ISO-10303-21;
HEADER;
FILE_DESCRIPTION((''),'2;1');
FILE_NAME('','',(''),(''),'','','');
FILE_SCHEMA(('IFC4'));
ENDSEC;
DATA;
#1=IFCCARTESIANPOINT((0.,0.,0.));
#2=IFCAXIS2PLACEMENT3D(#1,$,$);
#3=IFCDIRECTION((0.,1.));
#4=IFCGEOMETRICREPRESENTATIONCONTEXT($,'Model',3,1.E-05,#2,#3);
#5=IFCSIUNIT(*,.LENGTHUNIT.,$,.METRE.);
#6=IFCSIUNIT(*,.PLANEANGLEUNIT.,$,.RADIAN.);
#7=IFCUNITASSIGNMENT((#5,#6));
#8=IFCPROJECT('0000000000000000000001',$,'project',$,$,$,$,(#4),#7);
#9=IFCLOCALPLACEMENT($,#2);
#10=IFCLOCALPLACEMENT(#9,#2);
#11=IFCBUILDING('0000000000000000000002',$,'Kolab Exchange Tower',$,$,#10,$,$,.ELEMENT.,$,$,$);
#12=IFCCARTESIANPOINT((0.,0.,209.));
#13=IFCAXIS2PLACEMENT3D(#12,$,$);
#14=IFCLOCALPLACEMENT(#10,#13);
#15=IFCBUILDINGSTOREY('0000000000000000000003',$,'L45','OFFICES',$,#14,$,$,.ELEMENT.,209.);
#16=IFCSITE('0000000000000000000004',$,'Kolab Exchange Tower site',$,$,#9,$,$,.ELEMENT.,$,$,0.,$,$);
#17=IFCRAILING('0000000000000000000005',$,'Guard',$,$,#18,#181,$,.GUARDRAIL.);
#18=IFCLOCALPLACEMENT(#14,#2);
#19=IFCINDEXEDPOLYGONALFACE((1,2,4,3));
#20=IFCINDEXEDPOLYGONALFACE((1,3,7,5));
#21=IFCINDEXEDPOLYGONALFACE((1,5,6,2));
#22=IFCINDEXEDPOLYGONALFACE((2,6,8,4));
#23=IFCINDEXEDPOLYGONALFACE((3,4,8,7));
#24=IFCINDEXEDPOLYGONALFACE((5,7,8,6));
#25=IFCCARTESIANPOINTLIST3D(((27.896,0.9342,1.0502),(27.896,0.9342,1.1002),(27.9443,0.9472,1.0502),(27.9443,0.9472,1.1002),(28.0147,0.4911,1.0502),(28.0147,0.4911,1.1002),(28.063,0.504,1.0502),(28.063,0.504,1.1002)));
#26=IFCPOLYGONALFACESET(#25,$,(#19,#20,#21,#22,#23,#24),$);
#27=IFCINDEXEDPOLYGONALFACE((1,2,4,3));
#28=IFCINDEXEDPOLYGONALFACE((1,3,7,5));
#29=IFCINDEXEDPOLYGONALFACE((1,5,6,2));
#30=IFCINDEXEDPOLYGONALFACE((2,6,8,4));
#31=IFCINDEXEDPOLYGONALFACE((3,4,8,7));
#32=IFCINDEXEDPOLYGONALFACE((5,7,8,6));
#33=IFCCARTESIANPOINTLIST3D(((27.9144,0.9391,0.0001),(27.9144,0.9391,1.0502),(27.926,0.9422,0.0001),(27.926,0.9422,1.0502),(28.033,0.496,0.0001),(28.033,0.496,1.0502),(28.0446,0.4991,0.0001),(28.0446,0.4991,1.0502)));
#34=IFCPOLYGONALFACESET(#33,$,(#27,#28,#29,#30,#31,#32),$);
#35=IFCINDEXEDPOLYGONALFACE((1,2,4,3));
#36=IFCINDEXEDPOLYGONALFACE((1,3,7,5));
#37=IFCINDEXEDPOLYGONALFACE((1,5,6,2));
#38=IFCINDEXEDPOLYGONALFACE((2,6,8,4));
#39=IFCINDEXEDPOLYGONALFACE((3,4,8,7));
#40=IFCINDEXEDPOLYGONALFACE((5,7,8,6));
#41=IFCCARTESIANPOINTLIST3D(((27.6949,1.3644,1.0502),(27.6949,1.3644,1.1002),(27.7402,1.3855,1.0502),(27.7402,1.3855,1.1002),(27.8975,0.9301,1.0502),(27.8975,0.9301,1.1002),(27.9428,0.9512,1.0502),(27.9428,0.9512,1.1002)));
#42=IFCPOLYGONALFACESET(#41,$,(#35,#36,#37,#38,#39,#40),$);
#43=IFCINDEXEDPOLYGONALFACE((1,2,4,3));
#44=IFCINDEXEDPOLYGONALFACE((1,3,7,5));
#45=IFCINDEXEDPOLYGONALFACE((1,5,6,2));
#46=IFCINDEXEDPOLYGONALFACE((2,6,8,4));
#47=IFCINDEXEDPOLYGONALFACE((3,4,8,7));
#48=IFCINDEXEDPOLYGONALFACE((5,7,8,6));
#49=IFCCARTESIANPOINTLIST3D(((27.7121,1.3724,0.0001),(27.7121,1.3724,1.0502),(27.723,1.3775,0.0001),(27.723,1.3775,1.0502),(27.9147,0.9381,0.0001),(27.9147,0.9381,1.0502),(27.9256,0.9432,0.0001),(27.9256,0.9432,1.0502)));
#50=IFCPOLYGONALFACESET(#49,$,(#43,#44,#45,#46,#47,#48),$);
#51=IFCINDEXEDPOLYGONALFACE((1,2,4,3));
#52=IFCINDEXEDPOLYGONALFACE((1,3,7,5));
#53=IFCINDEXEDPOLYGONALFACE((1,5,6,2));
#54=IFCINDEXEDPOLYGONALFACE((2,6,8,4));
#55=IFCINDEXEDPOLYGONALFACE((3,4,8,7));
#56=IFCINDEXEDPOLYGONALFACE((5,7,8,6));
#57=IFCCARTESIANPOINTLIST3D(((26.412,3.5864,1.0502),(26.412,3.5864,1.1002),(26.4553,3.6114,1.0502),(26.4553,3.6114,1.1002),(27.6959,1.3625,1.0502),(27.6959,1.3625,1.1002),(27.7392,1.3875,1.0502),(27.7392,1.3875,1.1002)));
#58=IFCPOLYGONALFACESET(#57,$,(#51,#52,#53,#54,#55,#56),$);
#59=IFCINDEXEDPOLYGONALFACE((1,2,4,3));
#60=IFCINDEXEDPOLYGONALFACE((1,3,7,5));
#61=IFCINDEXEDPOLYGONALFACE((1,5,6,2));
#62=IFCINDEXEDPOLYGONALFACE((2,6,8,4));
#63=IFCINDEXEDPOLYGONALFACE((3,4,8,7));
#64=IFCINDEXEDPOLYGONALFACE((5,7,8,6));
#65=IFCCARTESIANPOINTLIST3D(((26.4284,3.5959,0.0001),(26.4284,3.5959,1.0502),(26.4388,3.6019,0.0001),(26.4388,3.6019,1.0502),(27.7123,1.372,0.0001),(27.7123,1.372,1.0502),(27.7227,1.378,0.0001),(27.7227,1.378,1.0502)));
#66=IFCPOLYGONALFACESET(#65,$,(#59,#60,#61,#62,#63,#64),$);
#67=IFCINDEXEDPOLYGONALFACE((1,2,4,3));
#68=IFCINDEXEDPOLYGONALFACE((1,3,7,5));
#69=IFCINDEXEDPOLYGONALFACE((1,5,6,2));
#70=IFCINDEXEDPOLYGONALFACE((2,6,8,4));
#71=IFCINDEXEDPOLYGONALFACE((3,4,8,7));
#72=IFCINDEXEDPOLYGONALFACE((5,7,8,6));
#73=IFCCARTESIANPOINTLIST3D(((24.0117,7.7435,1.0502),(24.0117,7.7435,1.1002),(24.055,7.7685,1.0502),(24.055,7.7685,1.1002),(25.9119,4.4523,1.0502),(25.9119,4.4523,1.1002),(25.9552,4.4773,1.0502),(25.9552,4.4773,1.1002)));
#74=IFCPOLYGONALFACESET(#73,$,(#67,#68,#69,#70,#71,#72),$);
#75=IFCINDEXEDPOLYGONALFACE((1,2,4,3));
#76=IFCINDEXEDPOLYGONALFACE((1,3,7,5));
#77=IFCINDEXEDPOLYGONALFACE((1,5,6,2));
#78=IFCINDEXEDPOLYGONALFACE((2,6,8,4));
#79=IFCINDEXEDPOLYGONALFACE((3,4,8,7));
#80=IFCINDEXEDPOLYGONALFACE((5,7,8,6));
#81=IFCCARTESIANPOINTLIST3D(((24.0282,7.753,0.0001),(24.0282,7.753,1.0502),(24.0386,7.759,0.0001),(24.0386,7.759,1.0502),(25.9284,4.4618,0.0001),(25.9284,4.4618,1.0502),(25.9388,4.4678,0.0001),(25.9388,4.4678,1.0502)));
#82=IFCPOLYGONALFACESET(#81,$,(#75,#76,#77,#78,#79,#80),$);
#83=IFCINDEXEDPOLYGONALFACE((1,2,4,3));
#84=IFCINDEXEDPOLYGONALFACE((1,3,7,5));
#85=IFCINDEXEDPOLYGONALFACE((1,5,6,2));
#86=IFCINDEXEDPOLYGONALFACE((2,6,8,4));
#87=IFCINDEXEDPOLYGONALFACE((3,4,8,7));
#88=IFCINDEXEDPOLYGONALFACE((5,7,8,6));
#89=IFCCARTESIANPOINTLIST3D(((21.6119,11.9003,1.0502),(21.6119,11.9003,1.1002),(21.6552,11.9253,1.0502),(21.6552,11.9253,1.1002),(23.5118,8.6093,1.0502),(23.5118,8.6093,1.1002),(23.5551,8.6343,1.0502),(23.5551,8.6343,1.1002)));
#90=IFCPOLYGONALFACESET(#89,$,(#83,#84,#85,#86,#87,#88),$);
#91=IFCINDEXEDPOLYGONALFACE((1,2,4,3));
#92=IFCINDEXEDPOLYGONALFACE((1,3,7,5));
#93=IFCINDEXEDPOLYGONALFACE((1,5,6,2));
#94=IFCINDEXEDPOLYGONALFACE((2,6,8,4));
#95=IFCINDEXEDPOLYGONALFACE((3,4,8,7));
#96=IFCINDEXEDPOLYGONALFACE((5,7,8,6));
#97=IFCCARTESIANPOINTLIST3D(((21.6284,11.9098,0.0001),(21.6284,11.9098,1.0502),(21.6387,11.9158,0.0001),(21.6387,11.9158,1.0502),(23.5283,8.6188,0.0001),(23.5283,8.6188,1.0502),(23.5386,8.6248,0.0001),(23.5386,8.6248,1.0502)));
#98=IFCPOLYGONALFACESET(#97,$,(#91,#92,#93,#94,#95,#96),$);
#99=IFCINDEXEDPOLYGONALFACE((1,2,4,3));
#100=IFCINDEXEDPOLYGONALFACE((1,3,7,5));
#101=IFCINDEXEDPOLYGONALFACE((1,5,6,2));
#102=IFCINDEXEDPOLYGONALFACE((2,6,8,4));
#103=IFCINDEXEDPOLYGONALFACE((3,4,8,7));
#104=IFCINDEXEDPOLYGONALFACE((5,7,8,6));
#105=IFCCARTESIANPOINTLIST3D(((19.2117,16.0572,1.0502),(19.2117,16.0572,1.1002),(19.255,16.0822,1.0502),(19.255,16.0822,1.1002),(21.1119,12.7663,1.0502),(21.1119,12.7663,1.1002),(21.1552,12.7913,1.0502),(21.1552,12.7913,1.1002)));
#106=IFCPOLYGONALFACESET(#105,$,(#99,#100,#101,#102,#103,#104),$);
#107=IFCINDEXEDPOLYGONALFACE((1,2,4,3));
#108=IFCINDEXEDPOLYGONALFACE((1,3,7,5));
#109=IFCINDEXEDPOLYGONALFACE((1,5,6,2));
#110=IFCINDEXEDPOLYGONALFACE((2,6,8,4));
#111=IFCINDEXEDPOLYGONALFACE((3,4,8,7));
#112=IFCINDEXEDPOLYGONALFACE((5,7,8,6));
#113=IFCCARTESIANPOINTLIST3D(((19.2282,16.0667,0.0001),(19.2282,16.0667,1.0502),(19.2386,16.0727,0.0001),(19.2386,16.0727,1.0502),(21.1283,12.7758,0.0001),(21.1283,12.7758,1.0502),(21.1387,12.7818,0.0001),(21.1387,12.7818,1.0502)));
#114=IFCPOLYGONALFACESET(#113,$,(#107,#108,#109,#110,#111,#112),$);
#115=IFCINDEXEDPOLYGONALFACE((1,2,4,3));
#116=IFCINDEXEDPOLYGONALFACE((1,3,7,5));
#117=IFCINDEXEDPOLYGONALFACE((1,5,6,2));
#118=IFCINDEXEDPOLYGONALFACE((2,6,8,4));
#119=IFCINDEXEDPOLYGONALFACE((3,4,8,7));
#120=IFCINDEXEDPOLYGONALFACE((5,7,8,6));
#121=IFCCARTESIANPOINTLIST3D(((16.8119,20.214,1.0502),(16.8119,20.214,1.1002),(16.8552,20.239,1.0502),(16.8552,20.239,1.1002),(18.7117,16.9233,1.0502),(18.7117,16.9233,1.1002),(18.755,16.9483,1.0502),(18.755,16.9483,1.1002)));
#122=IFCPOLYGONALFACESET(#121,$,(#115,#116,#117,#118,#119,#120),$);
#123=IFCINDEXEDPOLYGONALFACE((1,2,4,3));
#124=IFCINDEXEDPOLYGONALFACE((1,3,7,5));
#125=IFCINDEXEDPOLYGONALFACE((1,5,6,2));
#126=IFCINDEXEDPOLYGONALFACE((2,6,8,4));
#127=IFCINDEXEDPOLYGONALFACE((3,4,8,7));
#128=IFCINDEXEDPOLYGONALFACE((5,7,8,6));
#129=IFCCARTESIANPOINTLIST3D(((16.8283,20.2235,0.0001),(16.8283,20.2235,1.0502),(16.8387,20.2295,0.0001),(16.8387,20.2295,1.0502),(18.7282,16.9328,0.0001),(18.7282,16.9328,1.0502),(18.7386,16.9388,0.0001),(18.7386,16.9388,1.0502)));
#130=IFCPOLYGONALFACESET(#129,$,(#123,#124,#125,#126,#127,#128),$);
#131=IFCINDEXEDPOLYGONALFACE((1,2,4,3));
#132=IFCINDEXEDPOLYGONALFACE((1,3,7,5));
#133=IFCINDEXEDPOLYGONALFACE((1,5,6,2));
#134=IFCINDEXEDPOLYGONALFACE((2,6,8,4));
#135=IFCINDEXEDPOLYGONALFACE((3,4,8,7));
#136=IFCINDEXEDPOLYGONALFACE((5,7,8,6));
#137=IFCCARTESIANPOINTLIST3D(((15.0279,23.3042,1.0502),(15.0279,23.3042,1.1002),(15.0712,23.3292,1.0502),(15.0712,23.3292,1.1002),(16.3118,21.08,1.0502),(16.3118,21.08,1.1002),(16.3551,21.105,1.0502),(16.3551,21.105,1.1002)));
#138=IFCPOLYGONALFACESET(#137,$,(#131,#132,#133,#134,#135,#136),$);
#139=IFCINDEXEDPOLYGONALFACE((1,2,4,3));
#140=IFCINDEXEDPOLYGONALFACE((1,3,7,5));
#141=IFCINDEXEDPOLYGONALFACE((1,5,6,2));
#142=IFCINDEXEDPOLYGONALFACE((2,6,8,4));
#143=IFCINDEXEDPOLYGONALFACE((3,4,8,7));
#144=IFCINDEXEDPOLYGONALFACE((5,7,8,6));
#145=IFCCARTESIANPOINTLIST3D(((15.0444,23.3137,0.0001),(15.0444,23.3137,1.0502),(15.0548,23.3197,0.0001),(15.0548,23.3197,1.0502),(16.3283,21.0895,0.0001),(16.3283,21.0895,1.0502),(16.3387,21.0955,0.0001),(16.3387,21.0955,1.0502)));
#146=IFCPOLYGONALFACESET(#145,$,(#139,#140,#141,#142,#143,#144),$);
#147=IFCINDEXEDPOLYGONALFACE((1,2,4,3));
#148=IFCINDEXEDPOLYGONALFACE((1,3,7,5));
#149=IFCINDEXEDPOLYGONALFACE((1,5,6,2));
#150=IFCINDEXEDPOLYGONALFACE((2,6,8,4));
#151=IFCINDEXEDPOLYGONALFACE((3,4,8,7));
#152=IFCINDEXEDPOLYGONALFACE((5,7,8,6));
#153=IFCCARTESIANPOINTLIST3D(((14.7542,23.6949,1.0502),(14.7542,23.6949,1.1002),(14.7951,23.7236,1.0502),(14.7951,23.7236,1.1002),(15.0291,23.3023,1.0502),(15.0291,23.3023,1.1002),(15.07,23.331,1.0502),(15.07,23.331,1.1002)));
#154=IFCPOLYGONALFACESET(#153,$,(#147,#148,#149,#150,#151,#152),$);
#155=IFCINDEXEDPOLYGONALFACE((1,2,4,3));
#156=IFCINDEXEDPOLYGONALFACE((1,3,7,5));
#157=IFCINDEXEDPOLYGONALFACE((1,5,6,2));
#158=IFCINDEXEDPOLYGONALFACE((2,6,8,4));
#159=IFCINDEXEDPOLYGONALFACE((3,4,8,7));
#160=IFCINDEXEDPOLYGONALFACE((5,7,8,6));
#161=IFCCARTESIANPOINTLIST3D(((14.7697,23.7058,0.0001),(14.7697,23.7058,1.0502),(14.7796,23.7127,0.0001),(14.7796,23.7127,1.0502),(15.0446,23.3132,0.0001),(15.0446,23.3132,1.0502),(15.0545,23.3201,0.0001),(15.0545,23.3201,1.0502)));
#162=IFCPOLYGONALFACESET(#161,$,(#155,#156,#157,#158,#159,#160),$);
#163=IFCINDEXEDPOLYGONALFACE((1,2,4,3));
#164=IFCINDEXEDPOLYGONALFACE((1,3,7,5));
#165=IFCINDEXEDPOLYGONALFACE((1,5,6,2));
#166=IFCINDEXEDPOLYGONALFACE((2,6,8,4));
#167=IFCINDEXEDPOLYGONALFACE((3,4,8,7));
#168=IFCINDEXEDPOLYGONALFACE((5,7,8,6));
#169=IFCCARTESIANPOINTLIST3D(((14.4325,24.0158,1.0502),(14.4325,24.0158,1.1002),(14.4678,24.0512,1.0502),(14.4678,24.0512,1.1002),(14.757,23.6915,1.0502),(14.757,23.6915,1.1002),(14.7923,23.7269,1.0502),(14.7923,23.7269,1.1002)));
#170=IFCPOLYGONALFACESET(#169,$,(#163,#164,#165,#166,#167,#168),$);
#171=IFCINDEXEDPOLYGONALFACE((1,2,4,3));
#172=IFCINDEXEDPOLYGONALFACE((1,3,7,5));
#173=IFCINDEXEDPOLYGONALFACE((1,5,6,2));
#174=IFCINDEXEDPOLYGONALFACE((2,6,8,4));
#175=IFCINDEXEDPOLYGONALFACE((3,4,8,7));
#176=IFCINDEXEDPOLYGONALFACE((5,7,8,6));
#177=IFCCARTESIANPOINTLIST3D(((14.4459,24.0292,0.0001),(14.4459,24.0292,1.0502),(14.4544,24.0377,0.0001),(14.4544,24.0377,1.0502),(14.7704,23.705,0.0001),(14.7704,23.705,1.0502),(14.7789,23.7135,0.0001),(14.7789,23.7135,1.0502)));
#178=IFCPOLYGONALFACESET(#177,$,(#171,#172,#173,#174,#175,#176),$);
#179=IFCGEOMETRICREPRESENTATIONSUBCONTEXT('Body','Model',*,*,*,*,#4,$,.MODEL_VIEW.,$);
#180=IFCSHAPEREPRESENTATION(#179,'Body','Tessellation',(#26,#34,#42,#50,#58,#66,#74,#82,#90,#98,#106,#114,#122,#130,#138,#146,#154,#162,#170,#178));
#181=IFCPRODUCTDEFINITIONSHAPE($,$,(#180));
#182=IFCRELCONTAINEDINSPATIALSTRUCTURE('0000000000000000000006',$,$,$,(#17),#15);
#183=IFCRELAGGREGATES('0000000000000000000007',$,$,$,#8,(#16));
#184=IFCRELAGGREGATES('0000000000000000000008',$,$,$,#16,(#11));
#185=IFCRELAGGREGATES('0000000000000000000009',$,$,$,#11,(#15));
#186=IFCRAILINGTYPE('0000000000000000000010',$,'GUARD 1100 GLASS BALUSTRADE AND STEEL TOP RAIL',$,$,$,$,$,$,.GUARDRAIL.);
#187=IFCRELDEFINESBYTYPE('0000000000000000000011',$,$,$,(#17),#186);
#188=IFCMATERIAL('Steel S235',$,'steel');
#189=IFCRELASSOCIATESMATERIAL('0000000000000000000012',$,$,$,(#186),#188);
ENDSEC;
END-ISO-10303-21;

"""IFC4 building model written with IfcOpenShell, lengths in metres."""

from ifc_helpers import new_model, si_unit, direction, frame, frame_2d, origin, origin_2d, place, context, subcontext, project, spatial, rectangle, extrude, material, type_object, element, save


model = new_model("IFC4")

# Units and contexts
model_context = context("Model", 3, precision=1e-05, world=origin(), true_north=direction((0.0, 1.0)))
body_context = subcontext(model_context, "Body", "Model", "MODEL_VIEW")
ifc_project = project(units=[si_unit("LENGTHUNIT", "METRE"), si_unit("PLANEANGLEUNIT", "RADIAN")], contexts=[model_context])

# Site, building, storey
site_placement = place(None, origin())
site = spatial("IfcSite", under=ifc_project, at=site_placement, Name="Kolab Exchange Tower site", CompositionType="ELEMENT", RefElevation=0.0)
building_placement = place(site_placement, origin())
building = spatial("IfcBuilding", under=site, at=building_placement, Name="Kolab Exchange Tower", CompositionType="ELEMENT")
storey_placement = place(building_placement, frame((0.0, 0.0, 209.0)))
storey = spatial("IfcBuildingStorey", under=building, at=storey_placement, Name="L45", Description="OFFICES", CompositionType="ELEMENT", Elevation=209.0)

# Railing
ifc_material_1 = material(Name="Steel S235", Category="steel")
railing_type = type_object("IfcRailingType", Name="GUARD 1100 GLASS BALUSTRADE AND STEEL TOP RAIL", PredefinedType="GUARDRAIL", material=ifc_material_1)
railing_placement = place(storey_placement, frame((28.0388, 0.4976, 0.0)))
element("IfcRailing", 1, at=railing_placement, inside=storey, type_object=railing_type, Name="Guard", PredefinedType="GUARDRAIL", context=body_context, shape_type="SweptSolid", body=[
    extrude(rectangle(XDim=0.05, YDim=0.05, at=origin_2d()), frame((0.0, 0.0, 1.0752), z_axis=(-0.258656, 0.965969, 0.0), x_axis=(-0.965969, -0.258656, 0.0)), (0.0, 0.0, 1.0), 0.4587),
    extrude(rectangle(XDim=0.012, YDim=1.0501, at=frame_2d((0.0, 0.5251))), frame((0.0, 0.0, 0.0), z_axis=(-0.258656, 0.965969, 0.0), x_axis=(-0.965969, -0.258656, 0.0)), (0.0, 0.0, 1.0), 0.4587),
    extrude(rectangle(XDim=0.05, YDim=0.05, at=origin_2d()), frame((-0.1187, 0.4431, 1.0752), z_axis=(-0.422802, 0.906222, 0.0), x_axis=(-0.906222, -0.422802, 0.0)), (0.0, 0.0, 1.0), 0.4792),
    extrude(rectangle(XDim=0.012, YDim=1.0501, at=frame_2d((0.0, 0.5251))), frame((-0.1187, 0.4431, 0.0), z_axis=(-0.422802, 0.906222, 0.0), x_axis=(-0.906222, -0.422802, 0.0)), (0.0, 0.0, 1.0), 0.4792),
    extrude(rectangle(XDim=0.05, YDim=0.05, at=origin_2d()), frame((-0.3213, 0.8774, 1.0752), z_axis=(-0.499994, 0.866029, 0.0), x_axis=(-0.866029, -0.499994, 0.0)), (0.0, 0.0, 1.0), 2.5679),
    extrude(rectangle(XDim=0.012, YDim=1.0501, at=frame_2d((0.0, 0.5251))), frame((-0.3213, 0.8774, 0.0), z_axis=(-0.499994, 0.866029, 0.0), x_axis=(-0.866029, -0.499994, 0.0)), (0.0, 0.0, 1.0), 2.5679),
    extrude(rectangle(XDim=0.05, YDim=0.05, at=origin_2d()), frame((-2.1052, 3.9673, 1.0752), z_axis=(-0.500015, 0.866017, 0.0), x_axis=(-0.866017, -0.500015, 0.0)), (0.0, 0.0, 1.0), 3.8003),
    extrude(rectangle(XDim=0.012, YDim=1.0501, at=frame_2d((0.0, 0.5251))), frame((-2.1052, 3.9673, 0.0), z_axis=(-0.500015, 0.866017, 0.0), x_axis=(-0.866017, -0.500015, 0.0)), (0.0, 0.0, 1.0), 3.8003),
    extrude(rectangle(XDim=0.05, YDim=0.05, at=origin_2d()), frame((-4.5054, 8.1243, 1.0752), z_axis=(-0.499967, 0.866044, 0.0), x_axis=(-0.866044, -0.499967, 0.0)), (0.0, 0.0, 1.0), 3.8),
    extrude(rectangle(XDim=0.012, YDim=1.0501, at=frame_2d((0.0, 0.5251))), frame((-4.5054, 8.1243, 0.0), z_axis=(-0.499967, 0.866044, 0.0), x_axis=(-0.866044, -0.499967, 0.0)), (0.0, 0.0, 1.0), 3.8),
    extrude(rectangle(XDim=0.05, YDim=0.05, at=origin_2d()), frame((-6.9053, 12.2812, 1.0752), z_axis=(-0.500043, 0.866, 0.0), x_axis=(-0.866, -0.500043, 0.0)), (0.0, 0.0, 1.0), 3.8),
    extrude(rectangle(XDim=0.012, YDim=1.0501, at=frame_2d((0.0, 0.5251))), frame((-6.9053, 12.2812, 0.0), z_axis=(-0.500043, 0.866, 0.0), x_axis=(-0.866, -0.500043, 0.0)), (0.0, 0.0, 1.0), 3.8),
    extrude(rectangle(XDim=0.05, YDim=0.05, at=origin_2d()), frame((-9.3054, 16.4382, 1.0752), z_axis=(-0.499995, 0.866028, 0.0), x_axis=(-0.866028, -0.499995, 0.0)), (0.0, 0.0, 1.0), 3.7998),
    extrude(rectangle(XDim=0.012, YDim=1.0501, at=frame_2d((0.0, 0.5251))), frame((-9.3054, 16.4382, 0.0), z_axis=(-0.499995, 0.866028, 0.0), x_axis=(-0.866028, -0.499995, 0.0)), (0.0, 0.0, 1.0), 3.7998),
    extrude(rectangle(XDim=0.05, YDim=0.05, at=origin_2d()), frame((-11.7053, 20.595, 1.0752), z_axis=(-0.499953, 0.866053, 0.0), x_axis=(-0.866053, -0.499953, 0.0)), (0.0, 0.0, 1.0), 2.5681),
    extrude(rectangle(XDim=0.012, YDim=1.0501, at=frame_2d((0.0, 0.5251))), frame((-11.7053, 20.595, 0.0), z_axis=(-0.499953, 0.866053, 0.0), x_axis=(-0.866053, -0.499953, 0.0)), (0.0, 0.0, 1.0), 2.5681),
    extrude(rectangle(XDim=0.05, YDim=0.05, at=origin_2d()), frame((-12.9893, 22.8191, 1.0752), z_axis=(-0.573599, 0.819136, 0.0), x_axis=(-0.819136, -0.573599, 0.0)), (0.0, 0.0, 1.0), 0.4792),
    extrude(rectangle(XDim=0.012, YDim=1.0501, at=frame_2d((0.0, 0.5251))), frame((-12.9893, 22.8191, 0.0), z_axis=(-0.573599, 0.819136, 0.0), x_axis=(-0.819136, -0.573599, 0.0)), (0.0, 0.0, 1.0), 0.4792),
    extrude(rectangle(XDim=0.05, YDim=0.05, at=origin_2d()), frame((-13.2642, 23.2117, 1.0752), z_axis=(-0.707373, 0.706841, 0.0), x_axis=(-0.706841, -0.707373, 0.0)), (0.0, 0.0, 1.0), 0.4587),
    extrude(rectangle(XDim=0.012, YDim=1.0501, at=frame_2d((0.0, 0.5251))), frame((-13.2642, 23.2117, 0.0), z_axis=(-0.707373, 0.706841, 0.0), x_axis=(-0.706841, -0.707373, 0.0)), (0.0, 0.0, 1.0), 0.4587),
])

save(model, "model.ifc")
